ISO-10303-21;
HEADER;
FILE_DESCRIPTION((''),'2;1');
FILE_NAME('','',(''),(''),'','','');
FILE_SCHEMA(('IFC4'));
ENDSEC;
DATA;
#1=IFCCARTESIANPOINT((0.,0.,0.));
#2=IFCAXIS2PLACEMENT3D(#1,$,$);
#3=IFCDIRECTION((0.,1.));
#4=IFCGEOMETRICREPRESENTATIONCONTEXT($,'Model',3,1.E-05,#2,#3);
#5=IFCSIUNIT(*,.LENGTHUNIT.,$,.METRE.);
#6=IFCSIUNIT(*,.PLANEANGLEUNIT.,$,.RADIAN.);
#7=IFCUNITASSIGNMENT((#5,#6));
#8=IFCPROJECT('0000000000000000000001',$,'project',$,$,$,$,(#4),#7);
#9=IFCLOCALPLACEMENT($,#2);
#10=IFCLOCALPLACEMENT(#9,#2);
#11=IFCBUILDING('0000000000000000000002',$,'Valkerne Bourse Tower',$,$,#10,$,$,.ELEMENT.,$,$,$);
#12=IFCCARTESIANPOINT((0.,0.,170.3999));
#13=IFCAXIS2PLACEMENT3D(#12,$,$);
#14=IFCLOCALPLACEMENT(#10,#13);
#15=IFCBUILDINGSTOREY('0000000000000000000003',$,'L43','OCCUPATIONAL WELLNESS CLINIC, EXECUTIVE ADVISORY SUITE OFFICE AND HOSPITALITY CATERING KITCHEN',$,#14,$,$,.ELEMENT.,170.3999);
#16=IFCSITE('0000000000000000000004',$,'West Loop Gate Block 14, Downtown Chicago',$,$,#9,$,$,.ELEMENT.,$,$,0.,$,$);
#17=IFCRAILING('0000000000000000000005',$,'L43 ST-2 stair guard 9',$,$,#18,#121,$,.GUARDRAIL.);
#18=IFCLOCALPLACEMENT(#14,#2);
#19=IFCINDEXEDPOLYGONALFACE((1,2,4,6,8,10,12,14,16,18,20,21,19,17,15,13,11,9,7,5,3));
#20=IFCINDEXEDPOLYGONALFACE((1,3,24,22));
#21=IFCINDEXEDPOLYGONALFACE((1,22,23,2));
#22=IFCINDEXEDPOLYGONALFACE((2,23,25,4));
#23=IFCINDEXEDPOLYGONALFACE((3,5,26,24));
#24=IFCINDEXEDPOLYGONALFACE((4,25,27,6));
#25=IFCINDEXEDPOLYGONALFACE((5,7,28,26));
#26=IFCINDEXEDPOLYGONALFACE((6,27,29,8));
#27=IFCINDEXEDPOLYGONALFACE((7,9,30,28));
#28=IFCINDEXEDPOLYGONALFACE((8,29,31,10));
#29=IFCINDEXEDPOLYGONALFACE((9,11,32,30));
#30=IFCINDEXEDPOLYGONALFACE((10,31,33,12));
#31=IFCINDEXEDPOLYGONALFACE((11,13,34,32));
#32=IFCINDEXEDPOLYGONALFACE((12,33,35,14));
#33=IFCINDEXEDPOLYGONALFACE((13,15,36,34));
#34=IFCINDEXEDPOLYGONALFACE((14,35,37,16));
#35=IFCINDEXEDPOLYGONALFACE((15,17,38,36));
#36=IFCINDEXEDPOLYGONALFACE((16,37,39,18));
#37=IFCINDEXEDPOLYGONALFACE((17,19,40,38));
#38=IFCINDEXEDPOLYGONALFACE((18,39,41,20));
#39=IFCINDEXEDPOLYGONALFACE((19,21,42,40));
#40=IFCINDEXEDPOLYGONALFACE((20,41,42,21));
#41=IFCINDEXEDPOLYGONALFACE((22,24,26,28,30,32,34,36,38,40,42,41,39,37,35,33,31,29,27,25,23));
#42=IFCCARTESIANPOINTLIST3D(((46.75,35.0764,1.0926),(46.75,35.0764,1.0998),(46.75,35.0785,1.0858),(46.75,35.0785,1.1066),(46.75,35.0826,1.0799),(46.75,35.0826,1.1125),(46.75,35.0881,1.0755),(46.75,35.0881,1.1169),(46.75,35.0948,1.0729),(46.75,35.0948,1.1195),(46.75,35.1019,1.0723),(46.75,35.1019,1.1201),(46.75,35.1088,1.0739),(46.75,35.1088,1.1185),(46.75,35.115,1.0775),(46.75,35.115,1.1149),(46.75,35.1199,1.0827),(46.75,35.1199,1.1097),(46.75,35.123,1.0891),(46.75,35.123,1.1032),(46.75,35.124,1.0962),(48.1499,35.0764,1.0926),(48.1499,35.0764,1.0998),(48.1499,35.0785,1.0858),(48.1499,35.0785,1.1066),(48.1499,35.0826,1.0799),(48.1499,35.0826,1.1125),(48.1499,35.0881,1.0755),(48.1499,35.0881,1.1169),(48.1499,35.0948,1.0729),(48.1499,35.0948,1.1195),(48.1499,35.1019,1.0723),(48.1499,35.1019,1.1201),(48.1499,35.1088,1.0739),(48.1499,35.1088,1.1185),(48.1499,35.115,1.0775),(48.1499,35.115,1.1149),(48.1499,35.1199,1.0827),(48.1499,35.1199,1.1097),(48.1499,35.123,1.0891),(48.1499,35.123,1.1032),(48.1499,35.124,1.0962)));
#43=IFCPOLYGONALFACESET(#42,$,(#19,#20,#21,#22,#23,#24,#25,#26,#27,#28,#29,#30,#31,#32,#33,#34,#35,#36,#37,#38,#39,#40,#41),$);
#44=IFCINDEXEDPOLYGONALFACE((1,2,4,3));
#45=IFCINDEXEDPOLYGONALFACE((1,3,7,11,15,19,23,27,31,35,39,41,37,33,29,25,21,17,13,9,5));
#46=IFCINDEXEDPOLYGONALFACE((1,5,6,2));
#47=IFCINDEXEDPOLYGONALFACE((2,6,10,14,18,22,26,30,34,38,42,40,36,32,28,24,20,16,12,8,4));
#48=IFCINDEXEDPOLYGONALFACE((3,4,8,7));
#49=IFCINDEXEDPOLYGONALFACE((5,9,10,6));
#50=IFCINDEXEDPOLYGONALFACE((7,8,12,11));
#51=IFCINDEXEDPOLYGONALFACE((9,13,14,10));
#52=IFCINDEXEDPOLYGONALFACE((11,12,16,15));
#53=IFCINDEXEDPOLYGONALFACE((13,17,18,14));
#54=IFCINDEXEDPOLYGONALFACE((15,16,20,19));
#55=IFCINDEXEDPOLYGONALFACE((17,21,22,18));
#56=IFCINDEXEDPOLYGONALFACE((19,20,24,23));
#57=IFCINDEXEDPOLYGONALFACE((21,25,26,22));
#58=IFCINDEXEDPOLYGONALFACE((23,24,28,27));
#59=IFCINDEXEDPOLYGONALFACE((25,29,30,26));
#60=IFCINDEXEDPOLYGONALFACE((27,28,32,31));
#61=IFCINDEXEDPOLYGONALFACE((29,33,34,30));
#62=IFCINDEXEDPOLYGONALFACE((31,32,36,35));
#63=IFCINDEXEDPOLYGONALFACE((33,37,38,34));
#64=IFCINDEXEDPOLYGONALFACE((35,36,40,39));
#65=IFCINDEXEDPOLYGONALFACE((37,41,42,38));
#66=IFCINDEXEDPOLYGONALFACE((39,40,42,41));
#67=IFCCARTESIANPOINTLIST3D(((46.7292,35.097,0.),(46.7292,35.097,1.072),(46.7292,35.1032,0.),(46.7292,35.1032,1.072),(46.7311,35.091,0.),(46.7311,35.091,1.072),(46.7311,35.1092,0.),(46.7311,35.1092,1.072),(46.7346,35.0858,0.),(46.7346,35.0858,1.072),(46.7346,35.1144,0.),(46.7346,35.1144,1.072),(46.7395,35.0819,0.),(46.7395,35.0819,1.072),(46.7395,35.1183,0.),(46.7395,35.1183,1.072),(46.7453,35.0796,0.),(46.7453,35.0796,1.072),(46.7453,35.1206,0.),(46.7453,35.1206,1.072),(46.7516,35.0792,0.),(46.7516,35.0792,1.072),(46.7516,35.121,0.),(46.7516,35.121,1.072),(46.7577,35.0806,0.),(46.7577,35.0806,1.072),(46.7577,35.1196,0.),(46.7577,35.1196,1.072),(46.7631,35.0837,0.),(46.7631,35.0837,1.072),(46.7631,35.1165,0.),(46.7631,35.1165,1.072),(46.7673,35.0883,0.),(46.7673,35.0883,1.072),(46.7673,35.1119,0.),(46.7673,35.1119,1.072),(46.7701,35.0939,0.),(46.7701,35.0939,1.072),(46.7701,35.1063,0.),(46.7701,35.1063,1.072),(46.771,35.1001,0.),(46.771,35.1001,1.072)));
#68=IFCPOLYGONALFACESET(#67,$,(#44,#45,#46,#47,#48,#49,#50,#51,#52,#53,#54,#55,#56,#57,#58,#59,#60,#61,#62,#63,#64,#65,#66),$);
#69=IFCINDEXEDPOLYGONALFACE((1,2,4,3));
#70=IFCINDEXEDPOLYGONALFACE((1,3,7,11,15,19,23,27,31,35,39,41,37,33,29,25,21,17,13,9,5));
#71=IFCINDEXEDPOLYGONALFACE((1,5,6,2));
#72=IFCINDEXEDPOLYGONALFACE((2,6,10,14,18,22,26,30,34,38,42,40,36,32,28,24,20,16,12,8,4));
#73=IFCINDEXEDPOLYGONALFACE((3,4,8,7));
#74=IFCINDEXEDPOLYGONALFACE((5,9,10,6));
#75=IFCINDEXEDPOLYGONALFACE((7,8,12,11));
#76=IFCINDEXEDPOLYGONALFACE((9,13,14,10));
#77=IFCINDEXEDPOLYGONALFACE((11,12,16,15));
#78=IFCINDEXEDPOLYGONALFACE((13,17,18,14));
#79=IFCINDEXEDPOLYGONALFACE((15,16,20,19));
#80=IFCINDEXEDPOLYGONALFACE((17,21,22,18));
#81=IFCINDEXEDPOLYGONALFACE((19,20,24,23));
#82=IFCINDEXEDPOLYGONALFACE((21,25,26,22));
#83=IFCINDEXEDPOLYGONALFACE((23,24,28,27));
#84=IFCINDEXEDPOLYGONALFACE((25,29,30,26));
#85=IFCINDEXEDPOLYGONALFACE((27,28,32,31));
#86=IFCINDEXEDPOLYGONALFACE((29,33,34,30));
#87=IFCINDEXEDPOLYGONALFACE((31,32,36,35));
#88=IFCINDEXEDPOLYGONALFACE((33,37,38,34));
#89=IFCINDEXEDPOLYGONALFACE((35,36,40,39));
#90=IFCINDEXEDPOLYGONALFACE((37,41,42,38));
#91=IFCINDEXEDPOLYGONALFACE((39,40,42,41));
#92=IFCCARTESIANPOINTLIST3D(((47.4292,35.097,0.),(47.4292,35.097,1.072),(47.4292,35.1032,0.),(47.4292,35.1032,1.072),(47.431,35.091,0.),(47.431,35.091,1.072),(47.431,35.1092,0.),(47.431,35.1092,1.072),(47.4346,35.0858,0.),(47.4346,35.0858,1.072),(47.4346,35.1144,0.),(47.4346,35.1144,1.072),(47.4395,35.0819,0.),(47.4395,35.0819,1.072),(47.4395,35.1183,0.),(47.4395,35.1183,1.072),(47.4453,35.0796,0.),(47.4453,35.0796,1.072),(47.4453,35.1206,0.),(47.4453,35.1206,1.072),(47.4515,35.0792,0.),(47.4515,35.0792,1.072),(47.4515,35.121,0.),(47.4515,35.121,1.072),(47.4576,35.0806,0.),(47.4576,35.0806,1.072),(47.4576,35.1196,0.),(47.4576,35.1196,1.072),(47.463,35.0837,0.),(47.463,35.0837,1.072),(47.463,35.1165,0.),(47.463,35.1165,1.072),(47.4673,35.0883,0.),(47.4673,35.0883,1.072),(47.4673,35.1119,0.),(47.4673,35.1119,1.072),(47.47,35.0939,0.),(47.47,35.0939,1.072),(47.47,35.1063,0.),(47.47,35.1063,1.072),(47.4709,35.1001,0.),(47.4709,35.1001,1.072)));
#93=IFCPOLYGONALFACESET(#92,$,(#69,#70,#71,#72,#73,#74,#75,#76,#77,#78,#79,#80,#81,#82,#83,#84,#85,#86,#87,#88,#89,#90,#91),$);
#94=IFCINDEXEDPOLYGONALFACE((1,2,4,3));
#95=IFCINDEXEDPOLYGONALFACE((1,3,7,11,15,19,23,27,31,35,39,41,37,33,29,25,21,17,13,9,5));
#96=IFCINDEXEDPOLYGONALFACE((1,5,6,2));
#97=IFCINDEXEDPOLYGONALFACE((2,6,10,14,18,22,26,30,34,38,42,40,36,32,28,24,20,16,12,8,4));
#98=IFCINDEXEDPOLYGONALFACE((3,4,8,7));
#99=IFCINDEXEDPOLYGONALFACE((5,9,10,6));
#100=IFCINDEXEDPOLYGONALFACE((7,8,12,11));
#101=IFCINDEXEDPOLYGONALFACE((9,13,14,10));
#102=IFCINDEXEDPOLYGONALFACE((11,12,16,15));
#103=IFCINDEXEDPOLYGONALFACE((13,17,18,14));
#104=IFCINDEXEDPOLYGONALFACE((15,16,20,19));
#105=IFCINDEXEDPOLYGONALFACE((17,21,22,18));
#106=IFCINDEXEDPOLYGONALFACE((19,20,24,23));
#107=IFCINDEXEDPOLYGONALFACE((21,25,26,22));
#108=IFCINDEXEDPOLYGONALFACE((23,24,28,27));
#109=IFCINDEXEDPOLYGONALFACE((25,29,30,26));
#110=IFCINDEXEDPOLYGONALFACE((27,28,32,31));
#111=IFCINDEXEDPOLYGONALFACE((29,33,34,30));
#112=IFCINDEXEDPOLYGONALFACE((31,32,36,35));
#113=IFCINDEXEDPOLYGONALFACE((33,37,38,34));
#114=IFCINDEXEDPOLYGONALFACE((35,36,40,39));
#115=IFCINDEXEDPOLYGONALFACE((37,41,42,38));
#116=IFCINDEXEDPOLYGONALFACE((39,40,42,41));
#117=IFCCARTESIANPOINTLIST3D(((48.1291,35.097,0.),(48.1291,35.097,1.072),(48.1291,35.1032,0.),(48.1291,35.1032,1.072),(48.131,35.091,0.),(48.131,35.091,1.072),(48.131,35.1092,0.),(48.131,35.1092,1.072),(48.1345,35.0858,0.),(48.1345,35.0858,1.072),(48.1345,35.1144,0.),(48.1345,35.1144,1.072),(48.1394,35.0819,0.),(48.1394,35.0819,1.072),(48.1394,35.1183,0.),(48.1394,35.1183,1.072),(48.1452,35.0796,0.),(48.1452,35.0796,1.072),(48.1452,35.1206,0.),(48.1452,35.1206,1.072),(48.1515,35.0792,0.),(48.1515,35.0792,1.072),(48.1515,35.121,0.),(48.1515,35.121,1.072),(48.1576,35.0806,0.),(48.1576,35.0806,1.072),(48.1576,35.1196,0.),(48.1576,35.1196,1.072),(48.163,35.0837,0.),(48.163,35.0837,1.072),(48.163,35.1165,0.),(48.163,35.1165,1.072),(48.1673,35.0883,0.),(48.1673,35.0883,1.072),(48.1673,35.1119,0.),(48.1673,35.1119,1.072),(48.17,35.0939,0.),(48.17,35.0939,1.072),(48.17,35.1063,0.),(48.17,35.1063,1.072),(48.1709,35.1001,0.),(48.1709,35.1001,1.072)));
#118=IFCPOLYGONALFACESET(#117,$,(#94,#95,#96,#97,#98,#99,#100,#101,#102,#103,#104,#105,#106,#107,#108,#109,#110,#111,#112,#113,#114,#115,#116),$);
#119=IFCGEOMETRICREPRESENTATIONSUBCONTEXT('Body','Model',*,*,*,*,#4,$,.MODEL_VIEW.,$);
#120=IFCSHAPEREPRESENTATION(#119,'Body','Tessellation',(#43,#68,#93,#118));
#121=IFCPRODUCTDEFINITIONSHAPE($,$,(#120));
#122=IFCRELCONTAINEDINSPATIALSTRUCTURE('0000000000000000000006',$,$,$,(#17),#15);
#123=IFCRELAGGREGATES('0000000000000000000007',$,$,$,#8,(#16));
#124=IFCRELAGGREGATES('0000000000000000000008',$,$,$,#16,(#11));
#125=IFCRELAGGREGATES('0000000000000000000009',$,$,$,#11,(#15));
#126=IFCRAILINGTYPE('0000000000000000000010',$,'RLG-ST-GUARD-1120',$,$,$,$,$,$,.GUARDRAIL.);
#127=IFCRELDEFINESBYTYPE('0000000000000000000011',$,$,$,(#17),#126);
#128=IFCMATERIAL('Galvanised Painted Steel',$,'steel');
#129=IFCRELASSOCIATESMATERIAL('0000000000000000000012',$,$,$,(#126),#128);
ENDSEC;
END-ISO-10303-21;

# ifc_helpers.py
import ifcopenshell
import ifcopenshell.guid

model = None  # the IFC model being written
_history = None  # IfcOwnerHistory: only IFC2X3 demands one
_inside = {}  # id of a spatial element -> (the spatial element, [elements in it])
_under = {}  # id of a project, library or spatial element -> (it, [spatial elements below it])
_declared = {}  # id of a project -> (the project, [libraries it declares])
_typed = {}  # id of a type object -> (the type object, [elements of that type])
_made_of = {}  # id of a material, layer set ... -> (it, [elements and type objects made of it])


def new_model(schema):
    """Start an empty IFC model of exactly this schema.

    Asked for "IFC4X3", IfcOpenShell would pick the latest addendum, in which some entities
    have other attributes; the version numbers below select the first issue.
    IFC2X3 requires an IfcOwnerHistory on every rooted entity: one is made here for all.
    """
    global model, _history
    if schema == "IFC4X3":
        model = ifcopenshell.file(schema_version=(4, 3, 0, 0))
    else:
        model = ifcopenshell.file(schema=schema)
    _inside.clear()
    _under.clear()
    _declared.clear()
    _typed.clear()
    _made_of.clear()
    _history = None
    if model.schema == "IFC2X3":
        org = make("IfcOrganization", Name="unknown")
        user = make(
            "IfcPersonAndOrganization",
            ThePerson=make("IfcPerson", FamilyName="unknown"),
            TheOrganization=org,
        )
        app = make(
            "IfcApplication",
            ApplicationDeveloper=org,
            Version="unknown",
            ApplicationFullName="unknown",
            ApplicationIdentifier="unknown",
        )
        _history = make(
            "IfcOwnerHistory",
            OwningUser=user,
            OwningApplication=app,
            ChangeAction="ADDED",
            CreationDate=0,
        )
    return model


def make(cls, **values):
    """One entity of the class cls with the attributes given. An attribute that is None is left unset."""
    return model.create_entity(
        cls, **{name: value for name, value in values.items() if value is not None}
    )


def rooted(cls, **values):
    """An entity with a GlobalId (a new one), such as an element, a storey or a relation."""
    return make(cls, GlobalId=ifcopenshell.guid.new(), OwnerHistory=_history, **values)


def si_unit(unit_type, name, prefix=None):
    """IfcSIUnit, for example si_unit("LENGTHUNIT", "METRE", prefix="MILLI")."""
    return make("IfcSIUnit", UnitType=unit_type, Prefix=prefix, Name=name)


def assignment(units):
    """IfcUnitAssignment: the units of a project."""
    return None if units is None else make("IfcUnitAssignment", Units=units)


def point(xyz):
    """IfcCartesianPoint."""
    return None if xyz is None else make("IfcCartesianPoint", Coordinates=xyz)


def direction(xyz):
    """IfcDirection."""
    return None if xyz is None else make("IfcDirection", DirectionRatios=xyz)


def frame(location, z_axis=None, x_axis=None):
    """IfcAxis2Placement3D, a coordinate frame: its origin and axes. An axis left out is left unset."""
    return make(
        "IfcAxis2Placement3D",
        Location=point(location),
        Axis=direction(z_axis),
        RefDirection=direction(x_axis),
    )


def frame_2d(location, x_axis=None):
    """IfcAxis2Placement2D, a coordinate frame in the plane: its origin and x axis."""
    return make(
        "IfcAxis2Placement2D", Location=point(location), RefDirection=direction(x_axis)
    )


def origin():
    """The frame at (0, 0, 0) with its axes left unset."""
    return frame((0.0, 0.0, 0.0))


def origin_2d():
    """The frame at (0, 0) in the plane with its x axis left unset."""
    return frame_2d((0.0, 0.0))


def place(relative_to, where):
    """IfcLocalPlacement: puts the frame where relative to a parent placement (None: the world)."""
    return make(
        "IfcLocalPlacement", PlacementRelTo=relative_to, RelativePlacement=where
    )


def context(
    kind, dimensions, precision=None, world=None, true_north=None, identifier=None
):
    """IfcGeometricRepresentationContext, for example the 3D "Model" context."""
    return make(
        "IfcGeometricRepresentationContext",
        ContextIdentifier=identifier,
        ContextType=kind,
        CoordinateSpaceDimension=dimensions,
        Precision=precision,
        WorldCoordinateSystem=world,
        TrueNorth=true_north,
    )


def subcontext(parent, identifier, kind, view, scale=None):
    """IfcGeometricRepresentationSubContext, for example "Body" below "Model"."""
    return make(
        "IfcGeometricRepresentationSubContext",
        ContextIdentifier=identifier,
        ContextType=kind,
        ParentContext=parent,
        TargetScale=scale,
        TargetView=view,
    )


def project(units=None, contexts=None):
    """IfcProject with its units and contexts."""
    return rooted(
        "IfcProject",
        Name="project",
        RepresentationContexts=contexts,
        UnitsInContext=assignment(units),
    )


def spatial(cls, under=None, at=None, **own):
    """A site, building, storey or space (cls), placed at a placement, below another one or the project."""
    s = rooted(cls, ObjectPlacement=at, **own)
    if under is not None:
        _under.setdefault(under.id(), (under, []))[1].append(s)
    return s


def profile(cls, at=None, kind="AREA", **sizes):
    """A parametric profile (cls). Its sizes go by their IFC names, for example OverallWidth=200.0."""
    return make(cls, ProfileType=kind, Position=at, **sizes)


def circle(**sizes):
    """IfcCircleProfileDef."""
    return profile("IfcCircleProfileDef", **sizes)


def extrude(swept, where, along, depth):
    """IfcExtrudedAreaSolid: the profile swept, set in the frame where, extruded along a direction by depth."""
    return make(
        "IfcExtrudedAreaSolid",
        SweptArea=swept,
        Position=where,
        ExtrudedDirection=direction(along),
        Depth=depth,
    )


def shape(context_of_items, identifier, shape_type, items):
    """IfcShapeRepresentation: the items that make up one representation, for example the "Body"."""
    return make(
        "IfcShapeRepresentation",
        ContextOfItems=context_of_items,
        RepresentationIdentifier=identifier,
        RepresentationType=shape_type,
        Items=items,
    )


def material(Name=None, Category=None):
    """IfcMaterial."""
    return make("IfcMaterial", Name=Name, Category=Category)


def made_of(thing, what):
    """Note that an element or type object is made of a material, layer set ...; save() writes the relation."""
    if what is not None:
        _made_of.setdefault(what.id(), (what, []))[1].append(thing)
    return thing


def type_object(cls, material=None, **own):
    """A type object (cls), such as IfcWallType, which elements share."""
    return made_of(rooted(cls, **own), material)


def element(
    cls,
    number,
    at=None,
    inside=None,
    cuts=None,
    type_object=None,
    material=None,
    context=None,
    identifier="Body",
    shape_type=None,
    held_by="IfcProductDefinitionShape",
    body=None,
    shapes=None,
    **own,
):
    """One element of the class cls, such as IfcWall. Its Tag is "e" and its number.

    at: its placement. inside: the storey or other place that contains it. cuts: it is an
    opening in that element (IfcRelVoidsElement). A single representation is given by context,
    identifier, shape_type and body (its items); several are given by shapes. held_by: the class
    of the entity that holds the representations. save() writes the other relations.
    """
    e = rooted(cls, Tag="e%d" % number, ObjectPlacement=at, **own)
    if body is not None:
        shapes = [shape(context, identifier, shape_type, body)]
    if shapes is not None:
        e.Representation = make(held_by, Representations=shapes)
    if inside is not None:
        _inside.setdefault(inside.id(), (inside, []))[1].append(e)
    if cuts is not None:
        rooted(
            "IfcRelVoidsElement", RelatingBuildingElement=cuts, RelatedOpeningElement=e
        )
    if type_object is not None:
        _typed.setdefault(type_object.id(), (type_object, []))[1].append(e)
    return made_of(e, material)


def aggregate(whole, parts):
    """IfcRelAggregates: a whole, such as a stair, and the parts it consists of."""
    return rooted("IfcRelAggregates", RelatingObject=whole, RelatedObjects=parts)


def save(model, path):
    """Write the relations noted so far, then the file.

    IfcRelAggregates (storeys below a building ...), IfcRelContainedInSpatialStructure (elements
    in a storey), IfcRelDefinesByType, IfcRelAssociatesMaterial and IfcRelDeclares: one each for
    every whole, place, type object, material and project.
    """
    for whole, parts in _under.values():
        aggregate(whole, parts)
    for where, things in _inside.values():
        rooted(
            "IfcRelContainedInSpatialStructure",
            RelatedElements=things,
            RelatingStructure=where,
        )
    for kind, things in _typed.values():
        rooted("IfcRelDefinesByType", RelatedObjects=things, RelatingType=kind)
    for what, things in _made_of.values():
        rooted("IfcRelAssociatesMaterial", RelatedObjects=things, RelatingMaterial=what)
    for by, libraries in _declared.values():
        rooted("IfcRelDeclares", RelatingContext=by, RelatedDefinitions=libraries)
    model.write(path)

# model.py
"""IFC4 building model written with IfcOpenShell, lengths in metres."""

from ifc_helpers import new_model, si_unit, direction, frame, origin, origin_2d, place, context, subcontext, project, spatial, circle, extrude, material, type_object, element, save


model = new_model("IFC4")

# Units and contexts
model_context = context("Model", 3, precision=1e-05, world=origin(), true_north=direction((0.0, 1.0)))
body_context = subcontext(model_context, "Body", "Model", "MODEL_VIEW")
ifc_project = project(units=[si_unit("LENGTHUNIT", "METRE"), si_unit("PLANEANGLEUNIT", "RADIAN")], contexts=[model_context])

# Site, building, storey
site_placement = place(None, origin())
site = spatial("IfcSite", under=ifc_project, at=site_placement, Name="West Loop Gate Block 14, Downtown Chicago", CompositionType="ELEMENT", RefElevation=0.0)
building_placement = place(site_placement, origin())
building = spatial("IfcBuilding", under=site, at=building_placement, Name="Valkerne Bourse Tower", CompositionType="ELEMENT")
storey_placement = place(building_placement, frame((0.0, 0.0, 170.3999)))
storey = spatial("IfcBuildingStorey", under=building, at=storey_placement, Name="L43", Description="OCCUPATIONAL WELLNESS CLINIC, EXECUTIVE ADVISORY SUITE OFFICE AND HOSPITALITY CATERING KITCHEN", CompositionType="ELEMENT", Elevation=170.3999)

# Shared definitions
ifc_material_1 = material(Name="Galvanised Painted Steel", Category="steel")

# Railing
railing_type_1 = type_object("IfcRailingType", Name="RLG-ST-GUARD-1120", PredefinedType="GUARDRAIL", material=ifc_material_1)
for number, where, name in (
    (1, (46.75, 35.1001, 0.0), "L43 ST-2 stair guard 9"),
):
    element("IfcRailing", number, at=place(storey_placement, frame(where)), inside=storey, type_object=railing_type_1, Name=name, PredefinedType="GUARDRAIL", context=body_context, shape_type="SweptSolid", body=[
        extrude(circle(Radius=0.0239, at=origin_2d()), frame((0.0, 0.0, 1.0962), z_axis=(1.0, 0.0, 0.0), x_axis=(0.0, 1.0, 0.0)), (0.0, 0.0, 1.0), 1.3999),
        extrude(circle(Radius=0.021, at=origin_2d()), origin(), (0.0, 0.0, 1.0), 1.072),
        extrude(circle(Radius=0.021, at=origin_2d()), frame((0.7, 0.0, 0.0)), (0.0, 0.0, 1.0), 1.072),
        extrude(circle(Radius=0.021, at=origin_2d()), frame((1.3999, 0.0, 0.0)), (0.0, 0.0, 1.0), 1.072),
    ])

save(model, "model.ifc")
